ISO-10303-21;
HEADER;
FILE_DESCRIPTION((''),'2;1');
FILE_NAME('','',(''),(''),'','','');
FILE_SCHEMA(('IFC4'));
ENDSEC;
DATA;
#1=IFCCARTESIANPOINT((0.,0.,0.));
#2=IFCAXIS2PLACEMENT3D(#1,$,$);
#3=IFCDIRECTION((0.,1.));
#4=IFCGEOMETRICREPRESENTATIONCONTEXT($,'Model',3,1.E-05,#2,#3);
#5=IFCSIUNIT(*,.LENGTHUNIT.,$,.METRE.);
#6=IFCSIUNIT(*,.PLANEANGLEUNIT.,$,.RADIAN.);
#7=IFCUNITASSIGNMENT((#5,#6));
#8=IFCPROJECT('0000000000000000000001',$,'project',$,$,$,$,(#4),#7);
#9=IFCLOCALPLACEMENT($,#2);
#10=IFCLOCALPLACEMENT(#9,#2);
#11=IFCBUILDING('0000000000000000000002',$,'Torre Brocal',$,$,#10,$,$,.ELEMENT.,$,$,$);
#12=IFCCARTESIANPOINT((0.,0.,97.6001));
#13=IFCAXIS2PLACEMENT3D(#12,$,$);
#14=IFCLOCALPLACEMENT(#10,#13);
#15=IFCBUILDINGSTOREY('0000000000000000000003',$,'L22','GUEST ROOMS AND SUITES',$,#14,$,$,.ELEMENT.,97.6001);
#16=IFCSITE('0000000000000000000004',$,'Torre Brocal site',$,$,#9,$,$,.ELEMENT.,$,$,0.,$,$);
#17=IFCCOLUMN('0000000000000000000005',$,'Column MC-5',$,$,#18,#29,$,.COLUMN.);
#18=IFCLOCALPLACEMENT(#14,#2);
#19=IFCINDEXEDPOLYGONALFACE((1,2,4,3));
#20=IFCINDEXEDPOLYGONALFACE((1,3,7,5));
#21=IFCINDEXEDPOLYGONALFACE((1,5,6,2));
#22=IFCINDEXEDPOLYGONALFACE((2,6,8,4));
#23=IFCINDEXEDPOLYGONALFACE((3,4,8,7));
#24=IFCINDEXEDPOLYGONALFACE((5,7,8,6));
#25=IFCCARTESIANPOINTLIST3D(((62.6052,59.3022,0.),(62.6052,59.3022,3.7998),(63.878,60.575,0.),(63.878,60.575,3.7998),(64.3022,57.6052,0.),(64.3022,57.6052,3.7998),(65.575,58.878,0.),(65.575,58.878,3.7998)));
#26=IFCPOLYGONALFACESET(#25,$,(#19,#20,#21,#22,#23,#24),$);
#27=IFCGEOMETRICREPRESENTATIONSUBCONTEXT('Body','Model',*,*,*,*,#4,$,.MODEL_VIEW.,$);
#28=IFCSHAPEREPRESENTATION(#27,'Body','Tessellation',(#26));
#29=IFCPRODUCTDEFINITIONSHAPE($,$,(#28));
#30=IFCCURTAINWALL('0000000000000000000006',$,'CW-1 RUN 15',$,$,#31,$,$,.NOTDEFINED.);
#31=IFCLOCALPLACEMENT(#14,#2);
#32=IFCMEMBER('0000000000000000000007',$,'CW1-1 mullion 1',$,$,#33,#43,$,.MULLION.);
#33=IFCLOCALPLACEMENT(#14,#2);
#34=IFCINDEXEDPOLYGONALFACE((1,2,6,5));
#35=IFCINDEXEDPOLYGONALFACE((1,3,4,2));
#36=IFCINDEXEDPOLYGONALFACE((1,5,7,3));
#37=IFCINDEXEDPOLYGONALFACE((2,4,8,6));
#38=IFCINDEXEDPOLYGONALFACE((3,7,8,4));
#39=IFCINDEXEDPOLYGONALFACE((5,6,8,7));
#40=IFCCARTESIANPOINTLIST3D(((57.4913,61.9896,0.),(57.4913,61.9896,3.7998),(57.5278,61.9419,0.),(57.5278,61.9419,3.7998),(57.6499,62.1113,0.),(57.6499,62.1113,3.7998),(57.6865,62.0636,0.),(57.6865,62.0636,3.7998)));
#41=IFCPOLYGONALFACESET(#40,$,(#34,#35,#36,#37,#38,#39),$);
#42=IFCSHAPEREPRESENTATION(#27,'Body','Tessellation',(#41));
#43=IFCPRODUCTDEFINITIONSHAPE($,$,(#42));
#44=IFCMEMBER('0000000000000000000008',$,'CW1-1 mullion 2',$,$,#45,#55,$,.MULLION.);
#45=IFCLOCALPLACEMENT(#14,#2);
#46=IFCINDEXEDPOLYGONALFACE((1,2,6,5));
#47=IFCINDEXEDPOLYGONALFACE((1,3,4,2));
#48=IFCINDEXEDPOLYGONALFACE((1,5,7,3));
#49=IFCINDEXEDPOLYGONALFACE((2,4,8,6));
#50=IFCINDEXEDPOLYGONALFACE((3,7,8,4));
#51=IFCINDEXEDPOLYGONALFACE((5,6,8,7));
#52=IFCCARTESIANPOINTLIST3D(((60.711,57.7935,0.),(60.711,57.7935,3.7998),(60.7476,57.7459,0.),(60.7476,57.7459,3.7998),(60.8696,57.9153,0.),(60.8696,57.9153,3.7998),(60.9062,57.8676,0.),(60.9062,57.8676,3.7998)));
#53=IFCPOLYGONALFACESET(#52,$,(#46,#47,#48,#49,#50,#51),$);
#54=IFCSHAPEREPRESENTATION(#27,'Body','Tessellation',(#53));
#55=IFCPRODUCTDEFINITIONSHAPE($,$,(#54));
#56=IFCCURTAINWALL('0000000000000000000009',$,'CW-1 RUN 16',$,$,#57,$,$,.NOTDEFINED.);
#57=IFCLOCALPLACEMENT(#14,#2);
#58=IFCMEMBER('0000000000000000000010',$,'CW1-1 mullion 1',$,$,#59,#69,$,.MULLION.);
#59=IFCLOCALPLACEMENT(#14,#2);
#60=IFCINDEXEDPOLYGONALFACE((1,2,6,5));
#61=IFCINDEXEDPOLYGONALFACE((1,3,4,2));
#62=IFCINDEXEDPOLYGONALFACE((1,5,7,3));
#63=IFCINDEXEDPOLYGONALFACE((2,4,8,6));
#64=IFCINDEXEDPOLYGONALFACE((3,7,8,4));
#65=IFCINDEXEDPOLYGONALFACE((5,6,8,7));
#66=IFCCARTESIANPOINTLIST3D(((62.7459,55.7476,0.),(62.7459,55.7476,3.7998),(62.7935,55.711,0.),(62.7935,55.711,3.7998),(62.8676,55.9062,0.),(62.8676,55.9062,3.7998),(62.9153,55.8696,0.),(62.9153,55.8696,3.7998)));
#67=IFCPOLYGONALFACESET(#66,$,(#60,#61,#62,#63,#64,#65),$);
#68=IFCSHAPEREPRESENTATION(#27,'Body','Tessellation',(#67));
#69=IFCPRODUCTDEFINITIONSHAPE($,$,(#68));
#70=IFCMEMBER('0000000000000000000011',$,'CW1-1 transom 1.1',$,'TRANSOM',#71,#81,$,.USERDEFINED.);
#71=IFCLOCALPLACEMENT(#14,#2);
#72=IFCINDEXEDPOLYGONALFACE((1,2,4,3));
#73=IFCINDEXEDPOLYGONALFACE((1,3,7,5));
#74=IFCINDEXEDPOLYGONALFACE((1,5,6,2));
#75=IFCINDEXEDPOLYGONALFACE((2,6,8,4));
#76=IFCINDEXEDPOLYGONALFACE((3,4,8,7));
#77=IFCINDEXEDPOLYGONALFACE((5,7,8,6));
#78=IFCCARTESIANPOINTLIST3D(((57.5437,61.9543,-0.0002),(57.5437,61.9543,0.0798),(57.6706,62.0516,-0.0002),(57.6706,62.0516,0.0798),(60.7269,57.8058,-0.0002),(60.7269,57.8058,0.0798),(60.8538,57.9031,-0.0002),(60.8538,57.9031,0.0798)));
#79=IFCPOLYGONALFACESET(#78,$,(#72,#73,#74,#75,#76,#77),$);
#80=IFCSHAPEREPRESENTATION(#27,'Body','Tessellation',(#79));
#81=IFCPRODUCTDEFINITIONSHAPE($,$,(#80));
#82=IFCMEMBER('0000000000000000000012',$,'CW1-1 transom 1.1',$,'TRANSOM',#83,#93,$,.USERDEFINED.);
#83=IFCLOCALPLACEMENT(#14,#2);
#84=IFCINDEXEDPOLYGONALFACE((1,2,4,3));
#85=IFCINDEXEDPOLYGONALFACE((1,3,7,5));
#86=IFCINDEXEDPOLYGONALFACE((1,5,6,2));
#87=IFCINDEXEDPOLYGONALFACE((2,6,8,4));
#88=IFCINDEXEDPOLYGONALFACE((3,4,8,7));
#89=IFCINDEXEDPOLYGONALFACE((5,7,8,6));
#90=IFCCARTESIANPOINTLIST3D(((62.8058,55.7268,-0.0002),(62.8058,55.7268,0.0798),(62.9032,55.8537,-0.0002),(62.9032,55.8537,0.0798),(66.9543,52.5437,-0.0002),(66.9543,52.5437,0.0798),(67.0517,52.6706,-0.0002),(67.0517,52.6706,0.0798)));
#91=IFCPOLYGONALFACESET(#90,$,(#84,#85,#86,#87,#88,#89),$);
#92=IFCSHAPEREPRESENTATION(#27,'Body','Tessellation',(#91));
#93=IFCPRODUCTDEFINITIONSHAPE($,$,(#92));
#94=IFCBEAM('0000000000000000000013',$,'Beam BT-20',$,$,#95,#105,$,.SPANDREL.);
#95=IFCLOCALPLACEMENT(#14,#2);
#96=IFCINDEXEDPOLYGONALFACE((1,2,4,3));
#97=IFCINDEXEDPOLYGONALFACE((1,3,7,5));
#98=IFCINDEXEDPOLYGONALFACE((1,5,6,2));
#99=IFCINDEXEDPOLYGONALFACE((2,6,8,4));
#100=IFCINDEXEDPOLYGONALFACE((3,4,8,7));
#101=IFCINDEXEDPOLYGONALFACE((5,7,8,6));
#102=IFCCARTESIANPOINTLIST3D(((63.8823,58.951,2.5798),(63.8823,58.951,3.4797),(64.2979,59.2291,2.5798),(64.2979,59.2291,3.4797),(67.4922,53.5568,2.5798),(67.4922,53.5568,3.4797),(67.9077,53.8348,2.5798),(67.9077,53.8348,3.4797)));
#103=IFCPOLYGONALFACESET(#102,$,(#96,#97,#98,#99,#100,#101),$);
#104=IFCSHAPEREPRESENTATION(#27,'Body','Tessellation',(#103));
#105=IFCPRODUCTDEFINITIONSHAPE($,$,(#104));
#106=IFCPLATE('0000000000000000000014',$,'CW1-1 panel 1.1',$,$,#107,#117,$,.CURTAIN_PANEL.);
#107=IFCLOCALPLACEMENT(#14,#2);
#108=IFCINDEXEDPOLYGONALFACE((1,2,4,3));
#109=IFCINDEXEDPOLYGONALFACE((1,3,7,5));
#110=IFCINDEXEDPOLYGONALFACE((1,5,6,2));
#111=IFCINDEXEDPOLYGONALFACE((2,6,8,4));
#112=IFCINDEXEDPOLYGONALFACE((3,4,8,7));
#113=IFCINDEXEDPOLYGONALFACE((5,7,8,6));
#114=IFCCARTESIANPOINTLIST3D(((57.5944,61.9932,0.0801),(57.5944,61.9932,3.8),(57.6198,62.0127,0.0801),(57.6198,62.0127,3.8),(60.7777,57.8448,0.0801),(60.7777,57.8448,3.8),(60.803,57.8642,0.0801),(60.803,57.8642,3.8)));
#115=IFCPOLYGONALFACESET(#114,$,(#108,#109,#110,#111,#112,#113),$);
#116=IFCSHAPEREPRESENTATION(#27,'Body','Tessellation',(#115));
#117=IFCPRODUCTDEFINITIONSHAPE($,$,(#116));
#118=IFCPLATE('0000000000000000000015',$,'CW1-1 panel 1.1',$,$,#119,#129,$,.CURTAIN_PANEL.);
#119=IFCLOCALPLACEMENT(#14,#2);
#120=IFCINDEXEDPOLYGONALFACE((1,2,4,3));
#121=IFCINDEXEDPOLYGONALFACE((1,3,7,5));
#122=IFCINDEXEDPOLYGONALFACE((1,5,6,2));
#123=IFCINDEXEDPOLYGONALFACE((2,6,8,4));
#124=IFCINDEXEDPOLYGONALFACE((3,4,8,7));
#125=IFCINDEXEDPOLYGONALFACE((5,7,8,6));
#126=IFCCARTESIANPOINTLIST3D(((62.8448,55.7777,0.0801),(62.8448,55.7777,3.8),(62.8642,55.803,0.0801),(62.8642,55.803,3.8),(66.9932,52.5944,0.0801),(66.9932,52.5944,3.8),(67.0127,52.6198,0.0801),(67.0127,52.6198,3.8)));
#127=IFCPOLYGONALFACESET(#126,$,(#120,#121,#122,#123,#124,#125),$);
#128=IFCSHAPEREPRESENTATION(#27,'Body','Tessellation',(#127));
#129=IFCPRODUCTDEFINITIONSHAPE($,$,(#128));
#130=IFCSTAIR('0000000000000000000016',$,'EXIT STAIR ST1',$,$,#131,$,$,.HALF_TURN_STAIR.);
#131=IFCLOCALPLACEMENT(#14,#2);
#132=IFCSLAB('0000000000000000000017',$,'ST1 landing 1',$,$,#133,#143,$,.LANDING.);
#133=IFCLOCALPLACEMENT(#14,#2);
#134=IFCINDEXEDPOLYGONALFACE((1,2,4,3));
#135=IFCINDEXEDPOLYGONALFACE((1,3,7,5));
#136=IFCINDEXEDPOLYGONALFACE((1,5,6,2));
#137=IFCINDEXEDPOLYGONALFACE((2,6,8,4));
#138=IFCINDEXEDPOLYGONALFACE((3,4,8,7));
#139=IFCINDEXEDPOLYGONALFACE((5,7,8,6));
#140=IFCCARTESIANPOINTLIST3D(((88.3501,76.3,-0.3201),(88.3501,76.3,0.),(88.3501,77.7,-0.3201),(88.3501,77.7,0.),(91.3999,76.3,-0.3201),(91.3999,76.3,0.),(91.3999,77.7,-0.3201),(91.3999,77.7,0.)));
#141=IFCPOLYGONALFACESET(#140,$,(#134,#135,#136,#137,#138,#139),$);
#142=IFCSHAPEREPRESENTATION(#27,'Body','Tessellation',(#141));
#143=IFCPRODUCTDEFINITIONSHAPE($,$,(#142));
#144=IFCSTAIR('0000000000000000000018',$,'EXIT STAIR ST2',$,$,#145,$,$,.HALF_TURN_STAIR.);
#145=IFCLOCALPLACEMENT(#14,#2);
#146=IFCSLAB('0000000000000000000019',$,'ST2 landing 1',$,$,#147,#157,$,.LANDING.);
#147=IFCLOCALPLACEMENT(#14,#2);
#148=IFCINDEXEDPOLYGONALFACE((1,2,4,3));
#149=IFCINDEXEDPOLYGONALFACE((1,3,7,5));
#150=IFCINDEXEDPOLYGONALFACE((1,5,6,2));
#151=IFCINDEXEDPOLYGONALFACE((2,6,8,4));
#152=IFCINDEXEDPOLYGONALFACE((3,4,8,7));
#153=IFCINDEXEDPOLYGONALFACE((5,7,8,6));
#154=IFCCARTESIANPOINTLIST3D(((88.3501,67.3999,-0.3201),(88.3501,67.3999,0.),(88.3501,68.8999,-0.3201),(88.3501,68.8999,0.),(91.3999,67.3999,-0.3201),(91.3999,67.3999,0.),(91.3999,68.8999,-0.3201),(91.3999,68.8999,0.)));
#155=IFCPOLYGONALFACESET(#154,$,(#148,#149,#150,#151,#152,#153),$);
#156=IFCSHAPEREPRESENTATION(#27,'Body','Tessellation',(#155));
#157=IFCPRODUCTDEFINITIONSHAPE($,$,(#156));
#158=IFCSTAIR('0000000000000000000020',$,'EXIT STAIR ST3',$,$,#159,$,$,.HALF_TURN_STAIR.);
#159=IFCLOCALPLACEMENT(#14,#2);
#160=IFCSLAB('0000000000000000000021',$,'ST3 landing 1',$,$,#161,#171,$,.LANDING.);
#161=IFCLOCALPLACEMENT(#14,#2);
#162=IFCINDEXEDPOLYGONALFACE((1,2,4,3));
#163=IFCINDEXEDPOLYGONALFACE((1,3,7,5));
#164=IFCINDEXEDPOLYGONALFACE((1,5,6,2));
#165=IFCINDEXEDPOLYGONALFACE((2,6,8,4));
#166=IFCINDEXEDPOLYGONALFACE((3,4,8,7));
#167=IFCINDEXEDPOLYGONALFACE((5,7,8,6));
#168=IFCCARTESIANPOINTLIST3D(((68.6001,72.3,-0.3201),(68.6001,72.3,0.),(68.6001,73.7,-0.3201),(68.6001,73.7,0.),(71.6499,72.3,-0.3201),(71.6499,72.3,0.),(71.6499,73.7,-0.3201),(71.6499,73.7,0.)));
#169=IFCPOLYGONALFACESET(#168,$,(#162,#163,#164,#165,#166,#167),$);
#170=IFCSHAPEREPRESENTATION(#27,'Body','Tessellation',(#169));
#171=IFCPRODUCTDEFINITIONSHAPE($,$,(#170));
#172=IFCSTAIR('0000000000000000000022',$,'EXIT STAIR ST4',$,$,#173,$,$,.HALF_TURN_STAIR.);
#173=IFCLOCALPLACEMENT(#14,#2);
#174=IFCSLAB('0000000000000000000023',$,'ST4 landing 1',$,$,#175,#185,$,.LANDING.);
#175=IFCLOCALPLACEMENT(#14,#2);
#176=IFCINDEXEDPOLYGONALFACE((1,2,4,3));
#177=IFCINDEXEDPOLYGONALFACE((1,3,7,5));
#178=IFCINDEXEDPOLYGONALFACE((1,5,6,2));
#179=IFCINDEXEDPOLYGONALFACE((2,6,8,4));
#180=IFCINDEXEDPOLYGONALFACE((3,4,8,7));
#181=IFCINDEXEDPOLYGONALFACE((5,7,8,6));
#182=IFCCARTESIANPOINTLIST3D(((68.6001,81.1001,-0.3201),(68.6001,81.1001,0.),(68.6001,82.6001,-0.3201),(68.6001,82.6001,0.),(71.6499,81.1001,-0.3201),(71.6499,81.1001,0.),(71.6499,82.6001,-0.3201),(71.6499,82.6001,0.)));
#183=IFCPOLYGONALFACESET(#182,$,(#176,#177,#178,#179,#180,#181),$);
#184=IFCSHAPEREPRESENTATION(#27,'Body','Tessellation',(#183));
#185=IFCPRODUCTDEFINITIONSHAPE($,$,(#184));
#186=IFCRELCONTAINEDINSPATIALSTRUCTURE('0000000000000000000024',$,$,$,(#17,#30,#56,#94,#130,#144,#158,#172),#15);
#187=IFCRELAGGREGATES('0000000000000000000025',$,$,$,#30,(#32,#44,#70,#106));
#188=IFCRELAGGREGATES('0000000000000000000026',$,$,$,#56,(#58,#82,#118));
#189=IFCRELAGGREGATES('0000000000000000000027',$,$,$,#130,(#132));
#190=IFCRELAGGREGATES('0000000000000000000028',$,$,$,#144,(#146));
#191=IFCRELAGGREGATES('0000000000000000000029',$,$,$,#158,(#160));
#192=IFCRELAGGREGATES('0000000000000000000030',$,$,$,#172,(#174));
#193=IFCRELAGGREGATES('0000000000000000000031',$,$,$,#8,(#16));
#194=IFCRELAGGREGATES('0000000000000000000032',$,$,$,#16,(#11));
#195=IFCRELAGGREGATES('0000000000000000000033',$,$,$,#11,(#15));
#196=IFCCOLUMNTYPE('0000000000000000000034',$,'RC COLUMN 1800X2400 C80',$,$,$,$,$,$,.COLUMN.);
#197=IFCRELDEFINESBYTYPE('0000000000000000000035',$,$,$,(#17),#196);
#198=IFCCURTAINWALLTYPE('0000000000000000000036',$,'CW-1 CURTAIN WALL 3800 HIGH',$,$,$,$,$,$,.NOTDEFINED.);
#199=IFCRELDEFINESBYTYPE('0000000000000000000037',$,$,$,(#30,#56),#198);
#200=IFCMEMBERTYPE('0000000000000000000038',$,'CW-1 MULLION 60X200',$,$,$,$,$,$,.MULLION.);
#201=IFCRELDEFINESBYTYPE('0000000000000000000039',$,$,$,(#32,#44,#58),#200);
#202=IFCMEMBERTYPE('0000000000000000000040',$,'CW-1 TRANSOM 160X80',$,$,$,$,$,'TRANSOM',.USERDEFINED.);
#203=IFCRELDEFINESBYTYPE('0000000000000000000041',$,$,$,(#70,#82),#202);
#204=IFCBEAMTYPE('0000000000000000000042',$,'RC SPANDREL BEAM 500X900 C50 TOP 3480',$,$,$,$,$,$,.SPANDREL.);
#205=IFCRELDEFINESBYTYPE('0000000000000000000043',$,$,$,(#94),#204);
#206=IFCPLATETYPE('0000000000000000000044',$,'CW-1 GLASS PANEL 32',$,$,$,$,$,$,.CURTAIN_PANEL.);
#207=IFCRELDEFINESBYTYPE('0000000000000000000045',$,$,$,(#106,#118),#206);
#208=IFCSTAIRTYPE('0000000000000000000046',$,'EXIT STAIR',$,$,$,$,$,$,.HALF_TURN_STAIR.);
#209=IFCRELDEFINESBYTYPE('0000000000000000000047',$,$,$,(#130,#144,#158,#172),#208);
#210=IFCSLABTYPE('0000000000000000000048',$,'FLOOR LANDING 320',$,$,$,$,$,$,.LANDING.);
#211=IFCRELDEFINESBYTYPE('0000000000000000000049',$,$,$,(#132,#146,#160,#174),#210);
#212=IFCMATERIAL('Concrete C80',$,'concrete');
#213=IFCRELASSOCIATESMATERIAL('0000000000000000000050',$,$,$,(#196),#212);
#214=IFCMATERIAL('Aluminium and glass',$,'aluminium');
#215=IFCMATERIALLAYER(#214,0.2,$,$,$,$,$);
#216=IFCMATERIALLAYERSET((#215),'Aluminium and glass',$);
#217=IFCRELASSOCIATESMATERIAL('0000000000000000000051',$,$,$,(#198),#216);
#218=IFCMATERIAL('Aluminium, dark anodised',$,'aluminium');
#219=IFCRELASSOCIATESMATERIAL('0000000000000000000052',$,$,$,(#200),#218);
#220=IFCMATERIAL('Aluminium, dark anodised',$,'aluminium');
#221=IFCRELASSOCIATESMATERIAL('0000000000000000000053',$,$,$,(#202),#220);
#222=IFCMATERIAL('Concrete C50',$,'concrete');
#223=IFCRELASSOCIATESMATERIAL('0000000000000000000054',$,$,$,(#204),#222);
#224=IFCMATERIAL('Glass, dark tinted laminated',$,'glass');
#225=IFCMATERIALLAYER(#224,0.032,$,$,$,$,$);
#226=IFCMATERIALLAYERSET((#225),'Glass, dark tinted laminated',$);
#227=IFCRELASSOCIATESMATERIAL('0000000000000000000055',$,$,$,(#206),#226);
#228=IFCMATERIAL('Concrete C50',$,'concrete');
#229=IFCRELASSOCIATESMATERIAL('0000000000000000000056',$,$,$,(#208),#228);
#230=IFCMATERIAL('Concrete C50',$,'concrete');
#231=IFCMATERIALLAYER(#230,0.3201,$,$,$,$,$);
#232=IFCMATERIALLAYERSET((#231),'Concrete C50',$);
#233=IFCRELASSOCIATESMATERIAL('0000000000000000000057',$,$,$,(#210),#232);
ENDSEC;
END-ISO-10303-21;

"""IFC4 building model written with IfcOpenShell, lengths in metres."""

from ifc_helpers import new_model, si_unit, direction, frame, origin, origin_2d, place, context, subcontext, project, spatial, polyline, rectangle, outline, extrude, material, layer, layer_set, material_profile, profile_set, type_object, element, aggregate, save


model = new_model("IFC4")

# Units and contexts
model_context = context("Model", 3, precision=1e-05, world=origin(), true_north=direction((0.0, 1.0)))
body_context = subcontext(model_context, "Body", "Model", "MODEL_VIEW")
ifc_project = project(units=[si_unit("LENGTHUNIT", "METRE"), si_unit("PLANEANGLEUNIT", "RADIAN")], contexts=[model_context])

# Site, building, storey
site_placement = place(None, origin())
site = spatial("IfcSite", under=ifc_project, at=site_placement, Name="Torre Brocal site", CompositionType="ELEMENT", RefElevation=0.0)
building_placement = place(site_placement, origin())
building = spatial("IfcBuilding", under=site, at=building_placement, Name="Torre Brocal", CompositionType="ELEMENT")
storey_placement = place(building_placement, frame((0.0, 0.0, 97.6001)))
storey = spatial("IfcBuildingStorey", under=building, at=storey_placement, Name="L22", Description="GUEST ROOMS AND SUITES", CompositionType="ELEMENT", Elevation=97.6001)

# Column
ifc_material_1 = material(Name="Concrete C80", Category="concrete")
ifc_material_profile_1 = material_profile(ifc_material_1, rectangle(XDim=1.8, YDim=2.3999, at=origin_2d()), Name="RC 1800X2400")
ifc_profile_set_1 = profile_set([ifc_material_profile_1], Name="Concrete C80")
column_type = type_object("IfcColumnType", Name="RC COLUMN 1800X2400 C80", PredefinedType="COLUMN", material=ifc_profile_set_1)
column_placement = place(storey_placement, frame((64.0901, 59.0901, 0.0), z_axis=(0.0, 0.0, 1.0), x_axis=(-0.707107, -0.707107, 0.0)))
element("IfcColumn", 1, at=column_placement, inside=storey, type_object=column_type, Name="Column MC-5", PredefinedType="COLUMN", context=body_context, shape_type="SweptSolid", body=[
    extrude(rectangle(XDim=1.8, YDim=2.3999, at=origin_2d()), origin(), (0.0, 0.0, 1.0), 3.7998),
])

# Curtain wall, members
ifc_material_2 = material(Name="Aluminium and glass", Category="aluminium")
ifc_layer_1 = layer(ifc_material_2, 0.2)
ifc_layer_set_1 = layer_set([ifc_layer_1], Name="Aluminium and glass")
curtain_wall_type = type_object("IfcCurtainWallType", Name="CW-1 CURTAIN WALL 3800 HIGH", PredefinedType="NOTDEFINED", material=ifc_layer_set_1)
curtain_wall_1_placement = place(storey_placement, origin())
curtain_wall_1 = element("IfcCurtainWall", 2, at=curtain_wall_1_placement, inside=storey, type_object=curtain_wall_type, Name="CW-1 RUN 15", PredefinedType="NOTDEFINED")
ifc_material_3 = material(Name="Aluminium, dark anodised", Category="aluminium")
ifc_material_profile_2 = material_profile(ifc_material_3, rectangle(XDim=0.2, YDim=0.0601, at=origin_2d()), Name="CW-1 MULLION 60X200")
ifc_profile_set_2 = profile_set([ifc_material_profile_2], Name="Aluminium, dark anodised")
member_type_1 = type_object("IfcMemberType", Name="CW-1 MULLION 60X200", PredefinedType="MULLION", material=ifc_profile_set_2)
member_1_placement = place(storey_placement, frame((57.5889, 62.0266, 0.0), z_axis=(0.0, 0.0, 1.0), x_axis=(0.793353, 0.608761, 0.0)))
member_1 = element("IfcMember", 3, at=member_1_placement, type_object=member_type_1, Name="CW1-1 mullion 1", PredefinedType="MULLION", context=body_context, shape_type="SweptSolid", body=[
    extrude(rectangle(XDim=0.2, YDim=0.0601, at=origin_2d()), origin(), (0.0, 0.0, 1.0), 3.7998),
])
member_2_placement = place(storey_placement, frame((60.8086, 57.8306, 0.0), z_axis=(0.0, 0.0, 1.0), x_axis=(0.793353, 0.608761, 0.0)))
member_2 = element("IfcMember", 4, at=member_2_placement, type_object=member_type_1, Name="CW1-1 mullion 2", PredefinedType="MULLION", context=body_context, shape_type="SweptSolid", body=[
    extrude(rectangle(XDim=0.2, YDim=0.0601, at=origin_2d()), origin(), (0.0, 0.0, 1.0), 3.7998),
])

# Curtain wall, member
curtain_wall_2_placement = place(storey_placement, origin())
curtain_wall_2 = element("IfcCurtainWall", 5, at=curtain_wall_2_placement, inside=storey, type_object=curtain_wall_type, Name="CW-1 RUN 16", PredefinedType="NOTDEFINED")
member_3_placement = place(storey_placement, frame((62.8306, 55.8086, 0.0), z_axis=(0.0, 0.0, 1.0), x_axis=(0.608761, 0.793353, 0.0)))
member_3 = element("IfcMember", 6, at=member_3_placement, type_object=member_type_1, Name="CW1-1 mullion 1", PredefinedType="MULLION", context=body_context, shape_type="SweptSolid", body=[
    extrude(rectangle(XDim=0.2, YDim=0.0601, at=origin_2d()), origin(), (0.0, 0.0, 1.0), 3.7998),
])

# Members
ifc_material_4 = material(Name="Aluminium, dark anodised", Category="aluminium")
ifc_material_profile_3 = material_profile(ifc_material_4, rectangle(XDim=0.1599, YDim=0.0801, at=origin_2d()), Name="CW-1 TRANSOM 160X80")
ifc_profile_set_3 = profile_set([ifc_material_profile_3], Name="Aluminium, dark anodised")
member_type_2 = type_object("IfcMemberType", Name="CW-1 TRANSOM 160X80", ElementType="TRANSOM", PredefinedType="USERDEFINED", material=ifc_profile_set_3)
member_4_placement = place(storey_placement, frame((57.6072, 62.0029, 0.0398), z_axis=(0.608749, -0.793363, 0.0), x_axis=(0.793363, 0.608749, 0.0)))
member_4 = element("IfcMember", 7, at=member_4_placement, type_object=member_type_2, Name="CW1-1 transom 1.1", ObjectType="TRANSOM", PredefinedType="USERDEFINED", context=body_context, shape_type="SweptSolid", body=[
    extrude(rectangle(XDim=0.1599, YDim=0.0801, at=origin_2d()), origin(), (0.0, 0.0, 1.0), 5.229),
])
member_5_placement = place(storey_placement, frame((62.8545, 55.7903, 0.0398), z_axis=(0.793363, -0.608749, 0.0), x_axis=(0.608749, 0.793363, 0.0)))
member_5 = element("IfcMember", 8, at=member_5_placement, type_object=member_type_2, Name="CW1-1 transom 1.1", ObjectType="TRANSOM", PredefinedType="USERDEFINED", context=body_context, shape_type="SweptSolid", body=[
    extrude(rectangle(XDim=0.1599, YDim=0.0801, at=origin_2d()), origin(), (0.0, 0.0, 1.0), 5.229),
])

# Beam
ifc_material_5 = material(Name="Concrete C50", Category="concrete")
ifc_material_profile_4 = material_profile(ifc_material_5, rectangle(XDim=0.5, YDim=0.8999, at=origin_2d()), Name="RC 500X900")
ifc_profile_set_4 = profile_set([ifc_material_profile_4], Name="Concrete C50")
beam_type = type_object("IfcBeamType", Name="RC SPANDREL BEAM 500X900 C50 TOP 3480", PredefinedType="SPANDREL", material=ifc_profile_set_4)
beam_placement = place(storey_placement, frame((64.0901, 59.0901, 3.0298), z_axis=(0.556158, -0.831077, 0.0), x_axis=(0.831077, 0.556158, 0.0)))
element("IfcBeam", 9, at=beam_placement, inside=storey, type_object=beam_type, Name="Beam BT-20", PredefinedType="SPANDREL", context=body_context, shape_type="SweptSolid", body=[
    extrude(rectangle(XDim=0.5, YDim=0.8999, at=origin_2d()), origin(), (0.0, 0.0, 1.0), 6.4907),
])

# Plates
ifc_material_6 = material(Name="Glass, dark tinted laminated", Category="glass")
ifc_layer_2 = layer(ifc_material_6, 0.032)
ifc_layer_set_2 = layer_set([ifc_layer_2], Name="Glass, dark tinted laminated")
plate_type = type_object("IfcPlateType", Name="CW-1 GLASS PANEL 32", PredefinedType="CURTAIN_PANEL", material=ifc_layer_set_2)
plate_1_placement = place(storey_placement, frame((59.1987, 59.9287, 0.0801), z_axis=(0.0, 0.0, 1.0), x_axis=(0.608761, -0.793353, 0.0)))
plate_1 = element("IfcPlate", 10, at=plate_1_placement, type_object=plate_type, Name="CW1-1 panel 1.1", PredefinedType="CURTAIN_PANEL", context=body_context, shape_type="SweptSolid", body=[
    extrude(rectangle(XDim=5.229, YDim=0.032, at=origin_2d()), origin(), (0.0, 0.0, 1.0), 3.72),
])
aggregate(curtain_wall_1, [member_1, member_2, member_4, plate_1])
plate_2_placement = place(storey_placement, frame((64.9287, 54.1987, 0.0801), z_axis=(0.0, 0.0, 1.0), x_axis=(0.793353, -0.608761, 0.0)))
plate_2 = element("IfcPlate", 11, at=plate_2_placement, type_object=plate_type, Name="CW1-1 panel 1.1", PredefinedType="CURTAIN_PANEL", context=body_context, shape_type="SweptSolid", body=[
    extrude(rectangle(XDim=5.229, YDim=0.032, at=origin_2d()), origin(), (0.0, 0.0, 1.0), 3.72),
])
aggregate(curtain_wall_2, [member_3, member_5, plate_2])

# Stairs, slabs
ifc_material_7 = material(Name="Concrete C50", Category="concrete")
stair_type = type_object("IfcStairType", Name="EXIT STAIR", PredefinedType="HALF_TURN_STAIR", material=ifc_material_7)
stair_1_placement = place(storey_placement, origin())
stair_1 = element("IfcStair", 12, at=stair_1_placement, inside=storey, type_object=stair_type, Name="EXIT STAIR ST1", PredefinedType="HALF_TURN_STAIR")
ifc_material_8 = material(Name="Concrete C50", Category="concrete")
ifc_layer_3 = layer(ifc_material_8, 0.3201)
ifc_layer_set_3 = layer_set([ifc_layer_3], Name="Concrete C50")
slab_type_1 = type_object("IfcSlabType", Name="FLOOR LANDING 320", PredefinedType="LANDING", material=ifc_layer_set_3)
slab_1_placement = place(storey_placement, frame((0.0, 0.0, -0.3201)))
slab_1 = element("IfcSlab", 13, at=slab_1_placement, type_object=slab_type_1, Name="ST1 landing 1", PredefinedType="LANDING", context=body_context, shape_type="SweptSolid", body=[
    extrude(outline(polyline([(88.3501, 76.3), (91.3999, 76.3), (91.3999, 77.7), (88.3501, 77.7), (88.3501, 76.3)])), origin(), (0.0, 0.0, 1.0), 0.3201),
])
stair_2_placement = place(storey_placement, origin())
stair_2 = element("IfcStair", 14, at=stair_2_placement, inside=storey, type_object=stair_type, Name="EXIT STAIR ST2", PredefinedType="HALF_TURN_STAIR")
slab_2_placement = place(storey_placement, frame((0.0, 0.0, -0.3201)))
slab_2 = element("IfcSlab", 15, at=slab_2_placement, type_object=slab_type_1, Name="ST2 landing 1", PredefinedType="LANDING", context=body_context, shape_type="SweptSolid", body=[
    extrude(outline(polyline([(88.3501, 67.3999), (91.3999, 67.3999), (91.3999, 68.8999), (88.3501, 68.8999), (88.3501, 67.3999)])), origin(), (0.0, 0.0, 1.0), 0.3201),
])
stair_3_placement = place(storey_placement, origin())
stair_3 = element("IfcStair", 16, at=stair_3_placement, inside=storey, type_object=stair_type, Name="EXIT STAIR ST3", PredefinedType="HALF_TURN_STAIR")
slab_3_placement = place(storey_placement, frame((0.0, 0.0, -0.3201)))
slab_3 = element("IfcSlab", 17, at=slab_3_placement, type_object=slab_type_1, Name="ST3 landing 1", PredefinedType="LANDING", context=body_context, shape_type="SweptSolid", body=[
    extrude(outline(polyline([(71.6499, 73.7), (68.6001, 73.7), (68.6001, 72.3), (71.6499, 72.3), (71.6499, 73.7)])), origin(), (0.0, 0.0, 1.0), 0.3201),
])
stair_4_placement = place(storey_placement, origin())
stair_4 = element("IfcStair", 18, at=stair_4_placement, inside=storey, type_object=stair_type, Name="EXIT STAIR ST4", PredefinedType="HALF_TURN_STAIR")
slab_4_placement = place(storey_placement, frame((0.0, 0.0, -0.3201)))
slab_4 = element("IfcSlab", 19, at=slab_4_placement, type_object=slab_type_1, Name="ST4 landing 1", PredefinedType="LANDING", context=body_context, shape_type="SweptSolid", body=[
    extrude(outline(polyline([(71.6499, 82.6001), (68.6001, 82.6001), (68.6001, 81.1001), (71.6499, 81.1001), (71.6499, 82.6001)])), origin(), (0.0, 0.0, 1.0), 0.3201),
])

aggregate(stair_1, [slab_1])
aggregate(stair_2, [slab_2])
aggregate(stair_3, [slab_3])
aggregate(stair_4, [slab_4])

save(model, "model.ifc")
